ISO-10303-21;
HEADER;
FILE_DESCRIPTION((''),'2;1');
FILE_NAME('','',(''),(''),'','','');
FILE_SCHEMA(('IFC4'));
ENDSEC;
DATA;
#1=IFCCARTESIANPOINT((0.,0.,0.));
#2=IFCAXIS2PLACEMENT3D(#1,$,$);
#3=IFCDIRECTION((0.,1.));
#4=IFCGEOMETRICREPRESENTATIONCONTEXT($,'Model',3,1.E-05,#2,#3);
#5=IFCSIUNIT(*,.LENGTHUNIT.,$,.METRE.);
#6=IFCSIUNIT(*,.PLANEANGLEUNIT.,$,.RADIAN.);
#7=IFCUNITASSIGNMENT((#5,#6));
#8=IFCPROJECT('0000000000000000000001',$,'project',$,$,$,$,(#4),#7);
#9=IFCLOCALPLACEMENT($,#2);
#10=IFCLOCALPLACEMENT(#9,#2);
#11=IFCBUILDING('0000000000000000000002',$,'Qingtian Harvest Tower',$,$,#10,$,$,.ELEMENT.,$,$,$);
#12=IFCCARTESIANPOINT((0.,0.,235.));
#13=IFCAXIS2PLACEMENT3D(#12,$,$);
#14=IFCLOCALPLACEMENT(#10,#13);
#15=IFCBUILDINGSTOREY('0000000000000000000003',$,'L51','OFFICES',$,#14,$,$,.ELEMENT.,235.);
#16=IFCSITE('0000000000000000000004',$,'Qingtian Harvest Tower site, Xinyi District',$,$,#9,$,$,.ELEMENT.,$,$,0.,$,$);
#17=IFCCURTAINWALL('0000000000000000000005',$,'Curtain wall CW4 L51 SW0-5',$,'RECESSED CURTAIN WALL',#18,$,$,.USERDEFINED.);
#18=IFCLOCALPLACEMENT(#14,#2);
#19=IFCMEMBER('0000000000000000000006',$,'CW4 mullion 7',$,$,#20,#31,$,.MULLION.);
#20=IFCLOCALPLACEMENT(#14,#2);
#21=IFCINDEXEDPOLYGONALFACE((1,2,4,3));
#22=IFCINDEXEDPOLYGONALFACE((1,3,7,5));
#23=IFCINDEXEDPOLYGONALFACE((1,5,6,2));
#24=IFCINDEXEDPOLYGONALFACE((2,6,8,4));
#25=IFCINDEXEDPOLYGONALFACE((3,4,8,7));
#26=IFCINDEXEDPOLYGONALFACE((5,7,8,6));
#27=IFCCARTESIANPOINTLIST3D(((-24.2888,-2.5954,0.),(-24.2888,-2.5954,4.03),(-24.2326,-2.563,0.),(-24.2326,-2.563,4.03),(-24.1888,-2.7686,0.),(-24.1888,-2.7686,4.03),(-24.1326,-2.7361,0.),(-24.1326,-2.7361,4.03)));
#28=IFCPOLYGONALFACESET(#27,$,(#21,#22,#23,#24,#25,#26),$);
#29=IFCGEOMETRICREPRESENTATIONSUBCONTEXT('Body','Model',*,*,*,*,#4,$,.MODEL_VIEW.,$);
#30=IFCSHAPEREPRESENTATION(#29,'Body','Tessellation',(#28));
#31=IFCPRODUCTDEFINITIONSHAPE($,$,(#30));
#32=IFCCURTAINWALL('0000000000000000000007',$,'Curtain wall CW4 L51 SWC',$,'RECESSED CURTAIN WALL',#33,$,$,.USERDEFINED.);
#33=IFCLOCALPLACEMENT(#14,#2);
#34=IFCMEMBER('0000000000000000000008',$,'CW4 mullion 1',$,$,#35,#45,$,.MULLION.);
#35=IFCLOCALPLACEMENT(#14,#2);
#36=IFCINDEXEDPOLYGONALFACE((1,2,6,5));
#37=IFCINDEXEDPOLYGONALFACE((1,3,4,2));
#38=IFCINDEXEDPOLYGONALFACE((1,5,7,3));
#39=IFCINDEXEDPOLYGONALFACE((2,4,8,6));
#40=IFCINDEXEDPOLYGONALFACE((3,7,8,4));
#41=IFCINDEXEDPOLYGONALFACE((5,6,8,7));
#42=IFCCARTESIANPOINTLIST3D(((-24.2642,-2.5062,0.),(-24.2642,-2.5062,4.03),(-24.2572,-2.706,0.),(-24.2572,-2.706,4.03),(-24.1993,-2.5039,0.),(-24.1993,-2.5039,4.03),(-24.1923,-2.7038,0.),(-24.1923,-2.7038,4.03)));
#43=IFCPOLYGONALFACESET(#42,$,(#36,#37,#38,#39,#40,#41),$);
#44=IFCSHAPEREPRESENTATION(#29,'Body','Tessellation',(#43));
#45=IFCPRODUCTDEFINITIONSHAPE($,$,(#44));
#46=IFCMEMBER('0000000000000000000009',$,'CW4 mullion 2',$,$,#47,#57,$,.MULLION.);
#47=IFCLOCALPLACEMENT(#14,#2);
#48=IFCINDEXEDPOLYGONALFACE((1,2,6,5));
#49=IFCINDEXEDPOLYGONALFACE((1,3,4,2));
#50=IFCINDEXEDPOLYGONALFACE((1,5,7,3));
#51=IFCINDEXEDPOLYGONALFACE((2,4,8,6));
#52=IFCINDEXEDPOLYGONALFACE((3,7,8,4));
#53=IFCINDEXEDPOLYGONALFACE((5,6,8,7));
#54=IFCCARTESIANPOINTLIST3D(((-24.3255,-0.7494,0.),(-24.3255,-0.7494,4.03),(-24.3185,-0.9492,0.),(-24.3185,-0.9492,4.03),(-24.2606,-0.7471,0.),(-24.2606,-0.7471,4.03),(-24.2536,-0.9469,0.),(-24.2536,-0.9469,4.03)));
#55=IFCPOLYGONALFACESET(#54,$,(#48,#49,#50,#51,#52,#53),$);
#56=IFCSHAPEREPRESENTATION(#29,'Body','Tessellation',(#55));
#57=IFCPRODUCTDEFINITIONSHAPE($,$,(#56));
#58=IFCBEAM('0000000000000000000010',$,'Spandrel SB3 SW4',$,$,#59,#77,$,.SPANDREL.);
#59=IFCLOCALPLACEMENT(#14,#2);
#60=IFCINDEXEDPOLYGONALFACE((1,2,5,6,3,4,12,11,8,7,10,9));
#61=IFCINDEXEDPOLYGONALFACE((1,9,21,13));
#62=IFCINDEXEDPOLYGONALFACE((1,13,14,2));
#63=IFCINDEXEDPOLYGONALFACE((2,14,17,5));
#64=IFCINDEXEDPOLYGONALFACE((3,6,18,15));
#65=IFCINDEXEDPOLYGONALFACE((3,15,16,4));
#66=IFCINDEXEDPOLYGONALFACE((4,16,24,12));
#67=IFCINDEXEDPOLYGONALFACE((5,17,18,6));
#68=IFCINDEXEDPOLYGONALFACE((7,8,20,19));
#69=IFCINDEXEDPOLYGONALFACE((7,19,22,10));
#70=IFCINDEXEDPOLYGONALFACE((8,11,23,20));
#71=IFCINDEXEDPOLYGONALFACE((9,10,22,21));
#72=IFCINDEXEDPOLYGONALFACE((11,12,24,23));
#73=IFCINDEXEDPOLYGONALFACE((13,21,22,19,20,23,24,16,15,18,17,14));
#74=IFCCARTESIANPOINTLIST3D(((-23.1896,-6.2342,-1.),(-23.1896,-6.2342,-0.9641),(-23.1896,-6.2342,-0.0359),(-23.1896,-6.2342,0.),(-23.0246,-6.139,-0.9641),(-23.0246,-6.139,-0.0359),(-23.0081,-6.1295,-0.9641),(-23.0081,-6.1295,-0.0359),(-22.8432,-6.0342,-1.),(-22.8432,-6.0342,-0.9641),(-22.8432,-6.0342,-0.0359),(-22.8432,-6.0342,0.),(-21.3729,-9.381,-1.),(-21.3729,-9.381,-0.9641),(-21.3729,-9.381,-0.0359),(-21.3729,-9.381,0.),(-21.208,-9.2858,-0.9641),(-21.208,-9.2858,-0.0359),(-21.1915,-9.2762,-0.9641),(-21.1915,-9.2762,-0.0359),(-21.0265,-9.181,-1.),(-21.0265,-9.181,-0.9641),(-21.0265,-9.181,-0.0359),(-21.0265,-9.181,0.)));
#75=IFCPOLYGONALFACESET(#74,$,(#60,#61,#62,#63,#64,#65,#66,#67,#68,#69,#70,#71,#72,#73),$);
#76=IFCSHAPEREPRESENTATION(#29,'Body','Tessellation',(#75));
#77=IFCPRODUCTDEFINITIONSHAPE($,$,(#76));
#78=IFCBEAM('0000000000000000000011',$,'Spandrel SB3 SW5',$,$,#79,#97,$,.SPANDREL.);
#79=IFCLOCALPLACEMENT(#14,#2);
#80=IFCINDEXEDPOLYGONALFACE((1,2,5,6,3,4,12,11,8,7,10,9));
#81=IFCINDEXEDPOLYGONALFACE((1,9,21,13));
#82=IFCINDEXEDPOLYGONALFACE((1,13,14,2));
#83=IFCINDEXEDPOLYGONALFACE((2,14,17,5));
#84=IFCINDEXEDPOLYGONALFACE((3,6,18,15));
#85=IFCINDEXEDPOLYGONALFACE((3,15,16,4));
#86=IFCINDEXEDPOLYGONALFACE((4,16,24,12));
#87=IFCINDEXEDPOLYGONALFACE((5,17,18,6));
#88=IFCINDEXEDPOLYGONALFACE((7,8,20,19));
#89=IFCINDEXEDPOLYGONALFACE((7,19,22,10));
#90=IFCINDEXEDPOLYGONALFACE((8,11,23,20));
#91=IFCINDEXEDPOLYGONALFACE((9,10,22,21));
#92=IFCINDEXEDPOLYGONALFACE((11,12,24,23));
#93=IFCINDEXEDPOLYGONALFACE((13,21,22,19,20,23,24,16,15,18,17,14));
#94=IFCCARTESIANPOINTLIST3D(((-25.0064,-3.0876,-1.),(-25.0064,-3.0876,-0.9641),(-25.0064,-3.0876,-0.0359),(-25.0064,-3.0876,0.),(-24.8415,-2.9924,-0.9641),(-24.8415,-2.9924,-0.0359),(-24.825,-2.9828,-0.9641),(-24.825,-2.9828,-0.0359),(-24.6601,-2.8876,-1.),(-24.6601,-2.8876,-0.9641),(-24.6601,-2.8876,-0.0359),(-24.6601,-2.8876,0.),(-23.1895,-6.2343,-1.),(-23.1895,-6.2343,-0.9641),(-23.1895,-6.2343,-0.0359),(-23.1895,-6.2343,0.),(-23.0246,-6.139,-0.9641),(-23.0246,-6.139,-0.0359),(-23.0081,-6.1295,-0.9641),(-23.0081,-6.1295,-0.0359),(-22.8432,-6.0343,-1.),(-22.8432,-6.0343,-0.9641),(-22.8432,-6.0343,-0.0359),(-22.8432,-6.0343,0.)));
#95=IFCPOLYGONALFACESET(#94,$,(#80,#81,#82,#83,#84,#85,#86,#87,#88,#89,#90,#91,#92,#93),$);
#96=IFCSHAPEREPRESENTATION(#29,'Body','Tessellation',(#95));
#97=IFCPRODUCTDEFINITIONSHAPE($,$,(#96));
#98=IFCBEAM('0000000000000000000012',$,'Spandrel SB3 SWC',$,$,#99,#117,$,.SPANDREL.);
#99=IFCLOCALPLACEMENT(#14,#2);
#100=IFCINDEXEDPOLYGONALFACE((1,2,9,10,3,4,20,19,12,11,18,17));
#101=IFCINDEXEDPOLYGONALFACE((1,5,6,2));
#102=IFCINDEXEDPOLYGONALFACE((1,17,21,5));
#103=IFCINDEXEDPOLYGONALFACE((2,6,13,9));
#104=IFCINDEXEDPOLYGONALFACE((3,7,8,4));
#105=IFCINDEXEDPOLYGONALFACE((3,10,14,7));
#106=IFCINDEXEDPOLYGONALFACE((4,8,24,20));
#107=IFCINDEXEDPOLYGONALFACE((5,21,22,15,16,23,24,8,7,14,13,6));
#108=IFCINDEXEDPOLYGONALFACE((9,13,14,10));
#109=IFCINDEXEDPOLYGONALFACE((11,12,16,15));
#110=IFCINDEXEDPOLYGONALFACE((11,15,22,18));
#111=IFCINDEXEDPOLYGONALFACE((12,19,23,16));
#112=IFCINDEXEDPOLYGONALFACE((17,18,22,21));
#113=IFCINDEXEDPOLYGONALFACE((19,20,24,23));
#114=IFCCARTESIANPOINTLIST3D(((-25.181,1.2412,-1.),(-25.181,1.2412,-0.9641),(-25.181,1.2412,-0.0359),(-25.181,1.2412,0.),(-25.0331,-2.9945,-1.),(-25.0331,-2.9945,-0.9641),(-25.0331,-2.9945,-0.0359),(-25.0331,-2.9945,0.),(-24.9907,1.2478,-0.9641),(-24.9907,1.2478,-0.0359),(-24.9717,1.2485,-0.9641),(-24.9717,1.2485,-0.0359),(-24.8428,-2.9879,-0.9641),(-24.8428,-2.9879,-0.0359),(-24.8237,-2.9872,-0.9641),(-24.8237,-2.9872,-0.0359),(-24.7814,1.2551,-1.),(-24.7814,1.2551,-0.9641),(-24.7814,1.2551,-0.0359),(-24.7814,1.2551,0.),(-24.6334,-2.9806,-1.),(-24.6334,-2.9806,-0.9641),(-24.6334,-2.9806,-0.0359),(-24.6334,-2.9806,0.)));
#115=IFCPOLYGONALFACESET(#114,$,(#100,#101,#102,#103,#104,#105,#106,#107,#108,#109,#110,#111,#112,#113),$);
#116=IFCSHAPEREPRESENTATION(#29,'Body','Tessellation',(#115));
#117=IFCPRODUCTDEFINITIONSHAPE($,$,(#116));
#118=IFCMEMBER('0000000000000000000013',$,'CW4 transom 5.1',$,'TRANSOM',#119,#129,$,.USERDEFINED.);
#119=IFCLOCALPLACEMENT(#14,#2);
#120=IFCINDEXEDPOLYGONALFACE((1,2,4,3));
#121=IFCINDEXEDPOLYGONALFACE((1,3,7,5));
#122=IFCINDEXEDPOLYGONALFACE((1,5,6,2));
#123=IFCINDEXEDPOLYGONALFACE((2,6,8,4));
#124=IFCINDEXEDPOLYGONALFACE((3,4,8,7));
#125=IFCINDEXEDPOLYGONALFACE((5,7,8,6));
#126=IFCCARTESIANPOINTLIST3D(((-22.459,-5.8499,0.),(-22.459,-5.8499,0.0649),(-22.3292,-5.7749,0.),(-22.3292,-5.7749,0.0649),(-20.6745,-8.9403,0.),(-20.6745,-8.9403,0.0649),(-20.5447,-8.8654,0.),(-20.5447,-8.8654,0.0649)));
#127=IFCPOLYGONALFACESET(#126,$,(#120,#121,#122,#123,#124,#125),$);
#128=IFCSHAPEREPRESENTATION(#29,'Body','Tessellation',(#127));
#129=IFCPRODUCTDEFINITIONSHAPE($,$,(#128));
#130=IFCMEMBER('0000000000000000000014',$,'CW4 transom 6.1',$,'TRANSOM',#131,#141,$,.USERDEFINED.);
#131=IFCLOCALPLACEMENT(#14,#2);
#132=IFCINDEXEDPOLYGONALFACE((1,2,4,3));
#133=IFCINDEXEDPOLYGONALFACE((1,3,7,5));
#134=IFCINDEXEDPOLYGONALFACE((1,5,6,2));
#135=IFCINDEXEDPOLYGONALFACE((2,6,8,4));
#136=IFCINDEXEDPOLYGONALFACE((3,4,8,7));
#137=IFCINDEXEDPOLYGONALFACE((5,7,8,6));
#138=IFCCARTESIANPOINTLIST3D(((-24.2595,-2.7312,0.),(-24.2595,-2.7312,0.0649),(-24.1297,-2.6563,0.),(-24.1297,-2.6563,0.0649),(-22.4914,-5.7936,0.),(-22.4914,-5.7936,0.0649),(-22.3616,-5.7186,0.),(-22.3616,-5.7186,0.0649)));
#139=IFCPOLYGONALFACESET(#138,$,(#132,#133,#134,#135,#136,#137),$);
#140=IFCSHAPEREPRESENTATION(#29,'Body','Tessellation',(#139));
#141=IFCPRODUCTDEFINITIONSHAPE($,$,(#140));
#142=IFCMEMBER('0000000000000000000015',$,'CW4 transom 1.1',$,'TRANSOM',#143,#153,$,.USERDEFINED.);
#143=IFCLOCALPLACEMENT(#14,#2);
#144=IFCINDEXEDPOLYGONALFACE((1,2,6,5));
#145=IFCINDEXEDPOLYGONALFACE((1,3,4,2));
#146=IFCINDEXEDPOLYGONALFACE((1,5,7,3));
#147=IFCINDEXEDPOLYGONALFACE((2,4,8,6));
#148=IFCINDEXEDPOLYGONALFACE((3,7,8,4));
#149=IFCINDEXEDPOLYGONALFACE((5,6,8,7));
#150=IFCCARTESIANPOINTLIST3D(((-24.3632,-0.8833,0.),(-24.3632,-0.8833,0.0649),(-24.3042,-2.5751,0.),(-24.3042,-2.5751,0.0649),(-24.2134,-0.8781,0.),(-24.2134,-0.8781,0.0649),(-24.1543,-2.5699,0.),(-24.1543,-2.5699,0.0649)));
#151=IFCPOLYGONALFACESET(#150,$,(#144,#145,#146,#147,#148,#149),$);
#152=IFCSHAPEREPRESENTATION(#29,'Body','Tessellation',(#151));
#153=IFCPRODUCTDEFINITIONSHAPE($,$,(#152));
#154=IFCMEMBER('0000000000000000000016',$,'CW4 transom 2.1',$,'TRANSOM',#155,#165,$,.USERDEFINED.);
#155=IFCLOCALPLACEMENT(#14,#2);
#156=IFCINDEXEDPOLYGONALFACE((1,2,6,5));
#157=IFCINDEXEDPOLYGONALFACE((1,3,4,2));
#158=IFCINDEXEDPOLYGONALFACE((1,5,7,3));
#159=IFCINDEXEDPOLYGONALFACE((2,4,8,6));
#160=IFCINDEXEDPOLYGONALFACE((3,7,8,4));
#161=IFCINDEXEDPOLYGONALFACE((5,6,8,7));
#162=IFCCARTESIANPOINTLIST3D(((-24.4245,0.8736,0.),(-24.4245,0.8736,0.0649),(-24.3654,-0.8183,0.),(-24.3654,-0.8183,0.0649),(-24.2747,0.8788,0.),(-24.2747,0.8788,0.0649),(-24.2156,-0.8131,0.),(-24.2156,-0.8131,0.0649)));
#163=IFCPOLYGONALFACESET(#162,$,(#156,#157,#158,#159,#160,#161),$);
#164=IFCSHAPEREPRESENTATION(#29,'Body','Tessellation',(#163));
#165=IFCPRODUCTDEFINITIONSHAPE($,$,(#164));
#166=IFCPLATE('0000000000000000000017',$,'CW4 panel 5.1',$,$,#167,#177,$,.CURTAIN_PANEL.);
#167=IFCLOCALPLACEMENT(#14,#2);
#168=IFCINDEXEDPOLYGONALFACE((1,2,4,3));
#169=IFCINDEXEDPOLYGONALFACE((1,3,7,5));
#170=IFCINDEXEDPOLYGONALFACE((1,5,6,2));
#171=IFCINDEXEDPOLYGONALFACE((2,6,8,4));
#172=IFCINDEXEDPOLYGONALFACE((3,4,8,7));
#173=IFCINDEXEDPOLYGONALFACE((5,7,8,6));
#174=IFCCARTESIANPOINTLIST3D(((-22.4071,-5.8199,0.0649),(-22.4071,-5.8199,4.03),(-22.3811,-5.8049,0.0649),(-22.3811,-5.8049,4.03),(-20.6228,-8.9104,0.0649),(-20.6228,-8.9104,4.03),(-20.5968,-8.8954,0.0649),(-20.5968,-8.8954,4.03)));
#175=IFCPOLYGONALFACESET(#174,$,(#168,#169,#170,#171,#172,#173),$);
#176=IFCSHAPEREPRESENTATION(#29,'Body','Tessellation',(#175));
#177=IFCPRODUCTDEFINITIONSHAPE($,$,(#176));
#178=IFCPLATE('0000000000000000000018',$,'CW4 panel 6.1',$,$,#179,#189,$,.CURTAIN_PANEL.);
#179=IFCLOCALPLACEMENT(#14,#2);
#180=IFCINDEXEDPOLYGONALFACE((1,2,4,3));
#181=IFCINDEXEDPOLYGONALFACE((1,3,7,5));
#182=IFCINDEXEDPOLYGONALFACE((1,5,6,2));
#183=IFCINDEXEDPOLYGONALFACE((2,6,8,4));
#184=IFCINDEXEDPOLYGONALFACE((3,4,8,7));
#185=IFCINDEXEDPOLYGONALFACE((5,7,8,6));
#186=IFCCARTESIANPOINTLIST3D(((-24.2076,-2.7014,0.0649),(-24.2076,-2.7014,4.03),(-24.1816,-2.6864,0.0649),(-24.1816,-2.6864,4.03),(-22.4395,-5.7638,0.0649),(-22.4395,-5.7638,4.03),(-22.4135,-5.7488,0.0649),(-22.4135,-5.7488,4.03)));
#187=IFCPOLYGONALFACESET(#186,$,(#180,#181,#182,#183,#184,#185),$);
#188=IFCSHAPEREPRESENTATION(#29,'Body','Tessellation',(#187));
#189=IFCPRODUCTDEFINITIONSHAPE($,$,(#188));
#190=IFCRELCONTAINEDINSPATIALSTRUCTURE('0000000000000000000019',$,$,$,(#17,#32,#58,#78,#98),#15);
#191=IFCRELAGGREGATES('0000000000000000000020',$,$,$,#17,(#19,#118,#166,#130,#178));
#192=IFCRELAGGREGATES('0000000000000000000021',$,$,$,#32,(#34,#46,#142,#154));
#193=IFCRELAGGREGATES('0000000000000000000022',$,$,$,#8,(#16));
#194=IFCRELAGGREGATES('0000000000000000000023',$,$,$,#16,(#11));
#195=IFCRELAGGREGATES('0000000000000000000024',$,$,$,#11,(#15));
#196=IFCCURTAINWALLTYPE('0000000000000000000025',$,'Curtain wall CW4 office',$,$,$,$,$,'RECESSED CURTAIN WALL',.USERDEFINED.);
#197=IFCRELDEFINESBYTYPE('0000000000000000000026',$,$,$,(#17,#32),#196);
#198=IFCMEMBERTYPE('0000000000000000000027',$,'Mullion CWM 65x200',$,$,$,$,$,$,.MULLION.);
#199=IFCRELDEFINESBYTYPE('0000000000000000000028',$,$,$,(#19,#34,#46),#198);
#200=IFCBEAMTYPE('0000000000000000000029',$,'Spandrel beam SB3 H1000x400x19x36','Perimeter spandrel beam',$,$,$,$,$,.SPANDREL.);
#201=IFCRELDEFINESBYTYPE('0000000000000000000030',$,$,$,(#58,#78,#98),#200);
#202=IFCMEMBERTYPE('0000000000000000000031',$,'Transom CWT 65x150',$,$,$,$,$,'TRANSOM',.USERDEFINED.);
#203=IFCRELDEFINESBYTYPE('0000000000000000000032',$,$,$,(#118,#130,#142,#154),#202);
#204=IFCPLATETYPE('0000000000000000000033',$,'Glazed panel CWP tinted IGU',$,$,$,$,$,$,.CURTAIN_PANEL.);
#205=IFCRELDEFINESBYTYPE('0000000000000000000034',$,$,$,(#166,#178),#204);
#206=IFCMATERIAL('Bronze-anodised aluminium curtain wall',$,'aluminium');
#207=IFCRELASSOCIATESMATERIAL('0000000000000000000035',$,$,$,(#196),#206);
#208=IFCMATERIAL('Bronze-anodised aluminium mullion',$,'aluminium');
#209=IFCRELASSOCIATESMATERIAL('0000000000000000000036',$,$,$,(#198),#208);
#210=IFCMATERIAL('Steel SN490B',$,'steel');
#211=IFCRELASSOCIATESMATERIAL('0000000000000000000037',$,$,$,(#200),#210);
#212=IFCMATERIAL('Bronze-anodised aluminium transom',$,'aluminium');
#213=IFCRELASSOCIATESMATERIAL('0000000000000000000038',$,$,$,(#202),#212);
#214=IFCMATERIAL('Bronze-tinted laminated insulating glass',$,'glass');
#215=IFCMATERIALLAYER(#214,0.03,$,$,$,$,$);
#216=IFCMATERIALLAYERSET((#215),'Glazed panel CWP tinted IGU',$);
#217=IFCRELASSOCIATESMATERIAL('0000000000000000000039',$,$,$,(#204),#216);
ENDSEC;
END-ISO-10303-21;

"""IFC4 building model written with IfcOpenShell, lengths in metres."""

from ifc_helpers import new_model, si_unit, direction, frame, origin, origin_2d, place, context, subcontext, project, spatial, rectangle, i_section, extrude, material, layer, layer_set, material_profile, profile_set, type_object, element, aggregate, save


model = new_model("IFC4")

# Units and contexts
model_context = context("Model", 3, precision=1e-05, world=origin(), true_north=direction((0.0, 1.0)))
body_context = subcontext(model_context, "Body", "Model", "MODEL_VIEW")
ifc_project = project(units=[si_unit("LENGTHUNIT", "METRE"), si_unit("PLANEANGLEUNIT", "RADIAN")], contexts=[model_context])

# Site, building, storey
site_placement = place(None, origin())
site = spatial("IfcSite", under=ifc_project, at=site_placement, Name="Qingtian Harvest Tower site, Xinyi District", CompositionType="ELEMENT", RefElevation=0.0)
building_placement = place(site_placement, origin())
building = spatial("IfcBuilding", under=site, at=building_placement, Name="Qingtian Harvest Tower", CompositionType="ELEMENT")
storey_placement = place(building_placement, frame((0.0, 0.0, 235.0)))
storey = spatial("IfcBuildingStorey", under=building, at=storey_placement, Name="L51", Description="OFFICES", CompositionType="ELEMENT", Elevation=235.0)

# Curtain walls, members
ifc_material_1 = material(Name="Bronze-anodised aluminium curtain wall", Category="aluminium")
curtain_wall_type = type_object("IfcCurtainWallType", Name="Curtain wall CW4 office", ElementType="RECESSED CURTAIN WALL", PredefinedType="USERDEFINED", material=ifc_material_1)
curtain_wall_1_placement = place(storey_placement, origin())
curtain_wall_1 = element("IfcCurtainWall", 1, at=curtain_wall_1_placement, inside=storey, type_object=curtain_wall_type, Name="Curtain wall CW4 L51 SW0-5", ObjectType="RECESSED CURTAIN WALL", PredefinedType="USERDEFINED")
ifc_material_2 = material(Name="Bronze-anodised aluminium mullion", Category="aluminium")
ifc_material_profile_1 = material_profile(ifc_material_2, rectangle(XDim=0.0649, YDim=0.2, at=origin_2d()), Name="AL 65x200")
ifc_profile_set_1 = profile_set([ifc_material_profile_1], Name="Bronze-anodised aluminium mullion")
member_type_1 = type_object("IfcMemberType", Name="Mullion CWM 65x200", PredefinedType="MULLION", material=ifc_profile_set_1)
member_1_placement = place(storey_placement, frame((-24.2107, -2.6658, 0.0), z_axis=(0.0, 0.0, 1.0), x_axis=(-0.866025, -0.5, 0.0)))
member_1 = element("IfcMember", 2, at=member_1_placement, type_object=member_type_1, Name="CW4 mullion 7", PredefinedType="MULLION", context=body_context, shape_type="SweptSolid", body=[
    extrude(rectangle(XDim=0.0649, YDim=0.2, at=origin_2d()), origin(), (0.0, 0.0, 1.0), 4.03),
])
curtain_wall_2_placement = place(storey_placement, origin())
curtain_wall_2 = element("IfcCurtainWall", 3, at=curtain_wall_2_placement, inside=storey, type_object=curtain_wall_type, Name="Curtain wall CW4 L51 SWC", ObjectType="RECESSED CURTAIN WALL", PredefinedType="USERDEFINED")
member_2_placement = place(storey_placement, frame((-24.2283, -2.605, 0.0), z_axis=(0.0, 0.0, 1.0), x_axis=(-0.999391, -0.034899, 0.0)))
member_2 = element("IfcMember", 4, at=member_2_placement, type_object=member_type_1, Name="CW4 mullion 1", PredefinedType="MULLION", context=body_context, shape_type="SweptSolid", body=[
    extrude(rectangle(XDim=0.0649, YDim=0.2, at=origin_2d()), origin(), (0.0, 0.0, 1.0), 4.03),
])
member_3_placement = place(storey_placement, frame((-24.2896, -0.8481, 0.0), z_axis=(0.0, 0.0, 1.0), x_axis=(-0.999391, -0.034899, 0.0)))
member_3 = element("IfcMember", 5, at=member_3_placement, type_object=member_type_1, Name="CW4 mullion 2", PredefinedType="MULLION", context=body_context, shape_type="SweptSolid", body=[
    extrude(rectangle(XDim=0.0649, YDim=0.2, at=origin_2d()), origin(), (0.0, 0.0, 1.0), 4.03),
])

# Beams
ifc_material_3 = material(Name="Steel SN490B", Category="steel")
ifc_material_profile_2 = material_profile(ifc_material_3, i_section(OverallWidth=0.3999, OverallDepth=1.0, WebThickness=0.019, FlangeThickness=0.0359, at=origin_2d()), Name="H1000x400x19x36")
ifc_profile_set_2 = profile_set([ifc_material_profile_2], Name="Steel SN490B")
beam_type_1 = type_object("IfcBeamType", Name="Spandrel beam SB3 H1000x400x19x36", Description="Perimeter spandrel beam", PredefinedType="SPANDREL", material=ifc_profile_set_2)
for number, where, z_axis, x_axis, name in (
    (6, (-21.1997, -9.281, -0.5), (-0.499976, 0.866039, 0.0), (-0.866039, -0.499976, 0.0), "Spandrel SB3 SW4"),
    (7, (-23.0164, -6.1343, -0.5), (-0.500027, 0.86601, 0.0), (-0.86601, -0.500027, 0.0), "Spandrel SB3 SW5"),
):
    element("IfcBeam", number, at=place(storey_placement, frame(where, z_axis=z_axis, x_axis=x_axis)), inside=storey, type_object=beam_type_1, Name=name, PredefinedType="SPANDREL", context=body_context, shape_type="SweptSolid", body=[
        extrude(i_section(OverallWidth=0.3999, OverallDepth=1.0, WebThickness=0.019, FlangeThickness=0.0359, at=origin_2d()), origin(), (0.0, 0.0, 1.0), 3.6335),
    ])
beam_1_placement = place(storey_placement, frame((-24.8333, -2.9875, -0.5), z_axis=(-0.034909, 0.999391, 0.0), x_axis=(-0.999391, -0.034909, 0.0)))
element("IfcBeam", 8, at=beam_1_placement, inside=storey, type_object=beam_type_1, Name="Spandrel SB3 SWC", PredefinedType="SPANDREL", context=body_context, shape_type="SweptSolid", body=[
    extrude(i_section(OverallWidth=0.3999, OverallDepth=1.0, WebThickness=0.019, FlangeThickness=0.0359, at=origin_2d()), origin(), (0.0, 0.0, 1.0), 4.2383),
])

# Members
ifc_material_4 = material(Name="Bronze-anodised aluminium transom", Category="aluminium")
ifc_material_profile_3 = material_profile(ifc_material_4, rectangle(XDim=0.1499, YDim=0.0649, at=origin_2d()), Name="AL 65x150")
ifc_profile_set_3 = profile_set([ifc_material_profile_3], Name="Bronze-anodised aluminium transom")
member_type_2 = type_object("IfcMemberType", Name="Transom CWT 65x150", ElementType="TRANSOM", PredefinedType="USERDEFINED", material=ifc_profile_set_3)
member_4_placement = place(storey_placement, frame((-20.6096, -8.9028, 0.0325), z_axis=(-0.500046, 0.865999, 0.0), x_axis=(-0.865999, -0.500046, 0.0)))
member_4 = element("IfcMember", 9, at=member_4_placement, type_object=member_type_2, Name="CW4 transom 5.1", ObjectType="TRANSOM", PredefinedType="USERDEFINED", context=body_context, shape_type="SweptSolid", body=[
    extrude(rectangle(XDim=0.1499, YDim=0.0649, at=origin_2d()), origin(), (0.0, 0.0, 1.0), 3.5686),
])
member_5_placement = place(storey_placement, frame((-22.4265, -5.7561, 0.0325), z_axis=(-0.500015, 0.866017, 0.0), x_axis=(-0.866017, -0.500015, 0.0)))
member_5 = element("IfcMember", 10, at=member_5_placement, type_object=member_type_2, Name="CW4 transom 6.1", ObjectType="TRANSOM", PredefinedType="USERDEFINED", context=body_context, shape_type="SweptSolid", body=[
    extrude(rectangle(XDim=0.1499, YDim=0.0649, at=origin_2d()), origin(), (0.0, 0.0, 1.0), 3.5361),
])
member_6_placement = place(storey_placement, frame((-24.2292, -2.5725, 0.0325), z_axis=(-0.034899, 0.999391, 0.0), x_axis=(-0.999391, -0.034899, 0.0)))
member_6 = element("IfcMember", 11, at=member_6_placement, type_object=member_type_2, Name="CW4 transom 1.1", ObjectType="TRANSOM", PredefinedType="USERDEFINED", context=body_context, shape_type="SweptSolid", body=[
    extrude(rectangle(XDim=0.1499, YDim=0.0649, at=origin_2d()), origin(), (0.0, 0.0, 1.0), 1.6929),
])
member_7_placement = place(storey_placement, frame((-24.2905, -0.8157, 0.0325), z_axis=(-0.034899, 0.999391, 0.0), x_axis=(-0.999391, -0.034899, 0.0)))
member_7 = element("IfcMember", 12, at=member_7_placement, type_object=member_type_2, Name="CW4 transom 2.1", ObjectType="TRANSOM", PredefinedType="USERDEFINED", context=body_context, shape_type="SweptSolid", body=[
    extrude(rectangle(XDim=0.1499, YDim=0.0649, at=origin_2d()), origin(), (0.0, 0.0, 1.0), 1.6929),
])

# Plates
ifc_material_5 = material(Name="Bronze-tinted laminated insulating glass", Category="glass")
ifc_layer_1 = layer(ifc_material_5, 0.03)
ifc_layer_set_1 = layer_set([ifc_layer_1], Name="Glazed panel CWP tinted IGU")
plate_type = type_object("IfcPlateType", Name="Glazed panel CWP tinted IGU", PredefinedType="CURTAIN_PANEL", material=ifc_layer_set_1)
plate_1_placement = place(storey_placement, frame((-21.502, -7.3577, 0.0649), z_axis=(0.0, 0.0, 1.0), x_axis=(-0.5, 0.866025, 0.0)))
plate_1 = element("IfcPlate", 13, at=plate_1_placement, type_object=plate_type, Name="CW4 panel 5.1", PredefinedType="CURTAIN_PANEL", context=body_context, shape_type="SweptSolid", body=[
    extrude(rectangle(XDim=3.5686, YDim=0.03, at=origin_2d()), origin(), (0.0, 0.0, 1.0), 3.9651),
])
plate_2_placement = place(storey_placement, frame((-23.3105, -4.2251, 0.0649), z_axis=(0.0, 0.0, 1.0), x_axis=(-0.5, 0.866025, 0.0)))
plate_2 = element("IfcPlate", 14, at=plate_2_placement, type_object=plate_type, Name="CW4 panel 6.1", PredefinedType="CURTAIN_PANEL", context=body_context, shape_type="SweptSolid", body=[
    extrude(rectangle(XDim=3.5361, YDim=0.03, at=origin_2d()), origin(), (0.0, 0.0, 1.0), 3.9651),
])
aggregate(curtain_wall_1, [member_1, member_4, plate_1, member_5, plate_2])
aggregate(curtain_wall_2, [member_2, member_3, member_6, member_7])

save(model, "model.ifc")
